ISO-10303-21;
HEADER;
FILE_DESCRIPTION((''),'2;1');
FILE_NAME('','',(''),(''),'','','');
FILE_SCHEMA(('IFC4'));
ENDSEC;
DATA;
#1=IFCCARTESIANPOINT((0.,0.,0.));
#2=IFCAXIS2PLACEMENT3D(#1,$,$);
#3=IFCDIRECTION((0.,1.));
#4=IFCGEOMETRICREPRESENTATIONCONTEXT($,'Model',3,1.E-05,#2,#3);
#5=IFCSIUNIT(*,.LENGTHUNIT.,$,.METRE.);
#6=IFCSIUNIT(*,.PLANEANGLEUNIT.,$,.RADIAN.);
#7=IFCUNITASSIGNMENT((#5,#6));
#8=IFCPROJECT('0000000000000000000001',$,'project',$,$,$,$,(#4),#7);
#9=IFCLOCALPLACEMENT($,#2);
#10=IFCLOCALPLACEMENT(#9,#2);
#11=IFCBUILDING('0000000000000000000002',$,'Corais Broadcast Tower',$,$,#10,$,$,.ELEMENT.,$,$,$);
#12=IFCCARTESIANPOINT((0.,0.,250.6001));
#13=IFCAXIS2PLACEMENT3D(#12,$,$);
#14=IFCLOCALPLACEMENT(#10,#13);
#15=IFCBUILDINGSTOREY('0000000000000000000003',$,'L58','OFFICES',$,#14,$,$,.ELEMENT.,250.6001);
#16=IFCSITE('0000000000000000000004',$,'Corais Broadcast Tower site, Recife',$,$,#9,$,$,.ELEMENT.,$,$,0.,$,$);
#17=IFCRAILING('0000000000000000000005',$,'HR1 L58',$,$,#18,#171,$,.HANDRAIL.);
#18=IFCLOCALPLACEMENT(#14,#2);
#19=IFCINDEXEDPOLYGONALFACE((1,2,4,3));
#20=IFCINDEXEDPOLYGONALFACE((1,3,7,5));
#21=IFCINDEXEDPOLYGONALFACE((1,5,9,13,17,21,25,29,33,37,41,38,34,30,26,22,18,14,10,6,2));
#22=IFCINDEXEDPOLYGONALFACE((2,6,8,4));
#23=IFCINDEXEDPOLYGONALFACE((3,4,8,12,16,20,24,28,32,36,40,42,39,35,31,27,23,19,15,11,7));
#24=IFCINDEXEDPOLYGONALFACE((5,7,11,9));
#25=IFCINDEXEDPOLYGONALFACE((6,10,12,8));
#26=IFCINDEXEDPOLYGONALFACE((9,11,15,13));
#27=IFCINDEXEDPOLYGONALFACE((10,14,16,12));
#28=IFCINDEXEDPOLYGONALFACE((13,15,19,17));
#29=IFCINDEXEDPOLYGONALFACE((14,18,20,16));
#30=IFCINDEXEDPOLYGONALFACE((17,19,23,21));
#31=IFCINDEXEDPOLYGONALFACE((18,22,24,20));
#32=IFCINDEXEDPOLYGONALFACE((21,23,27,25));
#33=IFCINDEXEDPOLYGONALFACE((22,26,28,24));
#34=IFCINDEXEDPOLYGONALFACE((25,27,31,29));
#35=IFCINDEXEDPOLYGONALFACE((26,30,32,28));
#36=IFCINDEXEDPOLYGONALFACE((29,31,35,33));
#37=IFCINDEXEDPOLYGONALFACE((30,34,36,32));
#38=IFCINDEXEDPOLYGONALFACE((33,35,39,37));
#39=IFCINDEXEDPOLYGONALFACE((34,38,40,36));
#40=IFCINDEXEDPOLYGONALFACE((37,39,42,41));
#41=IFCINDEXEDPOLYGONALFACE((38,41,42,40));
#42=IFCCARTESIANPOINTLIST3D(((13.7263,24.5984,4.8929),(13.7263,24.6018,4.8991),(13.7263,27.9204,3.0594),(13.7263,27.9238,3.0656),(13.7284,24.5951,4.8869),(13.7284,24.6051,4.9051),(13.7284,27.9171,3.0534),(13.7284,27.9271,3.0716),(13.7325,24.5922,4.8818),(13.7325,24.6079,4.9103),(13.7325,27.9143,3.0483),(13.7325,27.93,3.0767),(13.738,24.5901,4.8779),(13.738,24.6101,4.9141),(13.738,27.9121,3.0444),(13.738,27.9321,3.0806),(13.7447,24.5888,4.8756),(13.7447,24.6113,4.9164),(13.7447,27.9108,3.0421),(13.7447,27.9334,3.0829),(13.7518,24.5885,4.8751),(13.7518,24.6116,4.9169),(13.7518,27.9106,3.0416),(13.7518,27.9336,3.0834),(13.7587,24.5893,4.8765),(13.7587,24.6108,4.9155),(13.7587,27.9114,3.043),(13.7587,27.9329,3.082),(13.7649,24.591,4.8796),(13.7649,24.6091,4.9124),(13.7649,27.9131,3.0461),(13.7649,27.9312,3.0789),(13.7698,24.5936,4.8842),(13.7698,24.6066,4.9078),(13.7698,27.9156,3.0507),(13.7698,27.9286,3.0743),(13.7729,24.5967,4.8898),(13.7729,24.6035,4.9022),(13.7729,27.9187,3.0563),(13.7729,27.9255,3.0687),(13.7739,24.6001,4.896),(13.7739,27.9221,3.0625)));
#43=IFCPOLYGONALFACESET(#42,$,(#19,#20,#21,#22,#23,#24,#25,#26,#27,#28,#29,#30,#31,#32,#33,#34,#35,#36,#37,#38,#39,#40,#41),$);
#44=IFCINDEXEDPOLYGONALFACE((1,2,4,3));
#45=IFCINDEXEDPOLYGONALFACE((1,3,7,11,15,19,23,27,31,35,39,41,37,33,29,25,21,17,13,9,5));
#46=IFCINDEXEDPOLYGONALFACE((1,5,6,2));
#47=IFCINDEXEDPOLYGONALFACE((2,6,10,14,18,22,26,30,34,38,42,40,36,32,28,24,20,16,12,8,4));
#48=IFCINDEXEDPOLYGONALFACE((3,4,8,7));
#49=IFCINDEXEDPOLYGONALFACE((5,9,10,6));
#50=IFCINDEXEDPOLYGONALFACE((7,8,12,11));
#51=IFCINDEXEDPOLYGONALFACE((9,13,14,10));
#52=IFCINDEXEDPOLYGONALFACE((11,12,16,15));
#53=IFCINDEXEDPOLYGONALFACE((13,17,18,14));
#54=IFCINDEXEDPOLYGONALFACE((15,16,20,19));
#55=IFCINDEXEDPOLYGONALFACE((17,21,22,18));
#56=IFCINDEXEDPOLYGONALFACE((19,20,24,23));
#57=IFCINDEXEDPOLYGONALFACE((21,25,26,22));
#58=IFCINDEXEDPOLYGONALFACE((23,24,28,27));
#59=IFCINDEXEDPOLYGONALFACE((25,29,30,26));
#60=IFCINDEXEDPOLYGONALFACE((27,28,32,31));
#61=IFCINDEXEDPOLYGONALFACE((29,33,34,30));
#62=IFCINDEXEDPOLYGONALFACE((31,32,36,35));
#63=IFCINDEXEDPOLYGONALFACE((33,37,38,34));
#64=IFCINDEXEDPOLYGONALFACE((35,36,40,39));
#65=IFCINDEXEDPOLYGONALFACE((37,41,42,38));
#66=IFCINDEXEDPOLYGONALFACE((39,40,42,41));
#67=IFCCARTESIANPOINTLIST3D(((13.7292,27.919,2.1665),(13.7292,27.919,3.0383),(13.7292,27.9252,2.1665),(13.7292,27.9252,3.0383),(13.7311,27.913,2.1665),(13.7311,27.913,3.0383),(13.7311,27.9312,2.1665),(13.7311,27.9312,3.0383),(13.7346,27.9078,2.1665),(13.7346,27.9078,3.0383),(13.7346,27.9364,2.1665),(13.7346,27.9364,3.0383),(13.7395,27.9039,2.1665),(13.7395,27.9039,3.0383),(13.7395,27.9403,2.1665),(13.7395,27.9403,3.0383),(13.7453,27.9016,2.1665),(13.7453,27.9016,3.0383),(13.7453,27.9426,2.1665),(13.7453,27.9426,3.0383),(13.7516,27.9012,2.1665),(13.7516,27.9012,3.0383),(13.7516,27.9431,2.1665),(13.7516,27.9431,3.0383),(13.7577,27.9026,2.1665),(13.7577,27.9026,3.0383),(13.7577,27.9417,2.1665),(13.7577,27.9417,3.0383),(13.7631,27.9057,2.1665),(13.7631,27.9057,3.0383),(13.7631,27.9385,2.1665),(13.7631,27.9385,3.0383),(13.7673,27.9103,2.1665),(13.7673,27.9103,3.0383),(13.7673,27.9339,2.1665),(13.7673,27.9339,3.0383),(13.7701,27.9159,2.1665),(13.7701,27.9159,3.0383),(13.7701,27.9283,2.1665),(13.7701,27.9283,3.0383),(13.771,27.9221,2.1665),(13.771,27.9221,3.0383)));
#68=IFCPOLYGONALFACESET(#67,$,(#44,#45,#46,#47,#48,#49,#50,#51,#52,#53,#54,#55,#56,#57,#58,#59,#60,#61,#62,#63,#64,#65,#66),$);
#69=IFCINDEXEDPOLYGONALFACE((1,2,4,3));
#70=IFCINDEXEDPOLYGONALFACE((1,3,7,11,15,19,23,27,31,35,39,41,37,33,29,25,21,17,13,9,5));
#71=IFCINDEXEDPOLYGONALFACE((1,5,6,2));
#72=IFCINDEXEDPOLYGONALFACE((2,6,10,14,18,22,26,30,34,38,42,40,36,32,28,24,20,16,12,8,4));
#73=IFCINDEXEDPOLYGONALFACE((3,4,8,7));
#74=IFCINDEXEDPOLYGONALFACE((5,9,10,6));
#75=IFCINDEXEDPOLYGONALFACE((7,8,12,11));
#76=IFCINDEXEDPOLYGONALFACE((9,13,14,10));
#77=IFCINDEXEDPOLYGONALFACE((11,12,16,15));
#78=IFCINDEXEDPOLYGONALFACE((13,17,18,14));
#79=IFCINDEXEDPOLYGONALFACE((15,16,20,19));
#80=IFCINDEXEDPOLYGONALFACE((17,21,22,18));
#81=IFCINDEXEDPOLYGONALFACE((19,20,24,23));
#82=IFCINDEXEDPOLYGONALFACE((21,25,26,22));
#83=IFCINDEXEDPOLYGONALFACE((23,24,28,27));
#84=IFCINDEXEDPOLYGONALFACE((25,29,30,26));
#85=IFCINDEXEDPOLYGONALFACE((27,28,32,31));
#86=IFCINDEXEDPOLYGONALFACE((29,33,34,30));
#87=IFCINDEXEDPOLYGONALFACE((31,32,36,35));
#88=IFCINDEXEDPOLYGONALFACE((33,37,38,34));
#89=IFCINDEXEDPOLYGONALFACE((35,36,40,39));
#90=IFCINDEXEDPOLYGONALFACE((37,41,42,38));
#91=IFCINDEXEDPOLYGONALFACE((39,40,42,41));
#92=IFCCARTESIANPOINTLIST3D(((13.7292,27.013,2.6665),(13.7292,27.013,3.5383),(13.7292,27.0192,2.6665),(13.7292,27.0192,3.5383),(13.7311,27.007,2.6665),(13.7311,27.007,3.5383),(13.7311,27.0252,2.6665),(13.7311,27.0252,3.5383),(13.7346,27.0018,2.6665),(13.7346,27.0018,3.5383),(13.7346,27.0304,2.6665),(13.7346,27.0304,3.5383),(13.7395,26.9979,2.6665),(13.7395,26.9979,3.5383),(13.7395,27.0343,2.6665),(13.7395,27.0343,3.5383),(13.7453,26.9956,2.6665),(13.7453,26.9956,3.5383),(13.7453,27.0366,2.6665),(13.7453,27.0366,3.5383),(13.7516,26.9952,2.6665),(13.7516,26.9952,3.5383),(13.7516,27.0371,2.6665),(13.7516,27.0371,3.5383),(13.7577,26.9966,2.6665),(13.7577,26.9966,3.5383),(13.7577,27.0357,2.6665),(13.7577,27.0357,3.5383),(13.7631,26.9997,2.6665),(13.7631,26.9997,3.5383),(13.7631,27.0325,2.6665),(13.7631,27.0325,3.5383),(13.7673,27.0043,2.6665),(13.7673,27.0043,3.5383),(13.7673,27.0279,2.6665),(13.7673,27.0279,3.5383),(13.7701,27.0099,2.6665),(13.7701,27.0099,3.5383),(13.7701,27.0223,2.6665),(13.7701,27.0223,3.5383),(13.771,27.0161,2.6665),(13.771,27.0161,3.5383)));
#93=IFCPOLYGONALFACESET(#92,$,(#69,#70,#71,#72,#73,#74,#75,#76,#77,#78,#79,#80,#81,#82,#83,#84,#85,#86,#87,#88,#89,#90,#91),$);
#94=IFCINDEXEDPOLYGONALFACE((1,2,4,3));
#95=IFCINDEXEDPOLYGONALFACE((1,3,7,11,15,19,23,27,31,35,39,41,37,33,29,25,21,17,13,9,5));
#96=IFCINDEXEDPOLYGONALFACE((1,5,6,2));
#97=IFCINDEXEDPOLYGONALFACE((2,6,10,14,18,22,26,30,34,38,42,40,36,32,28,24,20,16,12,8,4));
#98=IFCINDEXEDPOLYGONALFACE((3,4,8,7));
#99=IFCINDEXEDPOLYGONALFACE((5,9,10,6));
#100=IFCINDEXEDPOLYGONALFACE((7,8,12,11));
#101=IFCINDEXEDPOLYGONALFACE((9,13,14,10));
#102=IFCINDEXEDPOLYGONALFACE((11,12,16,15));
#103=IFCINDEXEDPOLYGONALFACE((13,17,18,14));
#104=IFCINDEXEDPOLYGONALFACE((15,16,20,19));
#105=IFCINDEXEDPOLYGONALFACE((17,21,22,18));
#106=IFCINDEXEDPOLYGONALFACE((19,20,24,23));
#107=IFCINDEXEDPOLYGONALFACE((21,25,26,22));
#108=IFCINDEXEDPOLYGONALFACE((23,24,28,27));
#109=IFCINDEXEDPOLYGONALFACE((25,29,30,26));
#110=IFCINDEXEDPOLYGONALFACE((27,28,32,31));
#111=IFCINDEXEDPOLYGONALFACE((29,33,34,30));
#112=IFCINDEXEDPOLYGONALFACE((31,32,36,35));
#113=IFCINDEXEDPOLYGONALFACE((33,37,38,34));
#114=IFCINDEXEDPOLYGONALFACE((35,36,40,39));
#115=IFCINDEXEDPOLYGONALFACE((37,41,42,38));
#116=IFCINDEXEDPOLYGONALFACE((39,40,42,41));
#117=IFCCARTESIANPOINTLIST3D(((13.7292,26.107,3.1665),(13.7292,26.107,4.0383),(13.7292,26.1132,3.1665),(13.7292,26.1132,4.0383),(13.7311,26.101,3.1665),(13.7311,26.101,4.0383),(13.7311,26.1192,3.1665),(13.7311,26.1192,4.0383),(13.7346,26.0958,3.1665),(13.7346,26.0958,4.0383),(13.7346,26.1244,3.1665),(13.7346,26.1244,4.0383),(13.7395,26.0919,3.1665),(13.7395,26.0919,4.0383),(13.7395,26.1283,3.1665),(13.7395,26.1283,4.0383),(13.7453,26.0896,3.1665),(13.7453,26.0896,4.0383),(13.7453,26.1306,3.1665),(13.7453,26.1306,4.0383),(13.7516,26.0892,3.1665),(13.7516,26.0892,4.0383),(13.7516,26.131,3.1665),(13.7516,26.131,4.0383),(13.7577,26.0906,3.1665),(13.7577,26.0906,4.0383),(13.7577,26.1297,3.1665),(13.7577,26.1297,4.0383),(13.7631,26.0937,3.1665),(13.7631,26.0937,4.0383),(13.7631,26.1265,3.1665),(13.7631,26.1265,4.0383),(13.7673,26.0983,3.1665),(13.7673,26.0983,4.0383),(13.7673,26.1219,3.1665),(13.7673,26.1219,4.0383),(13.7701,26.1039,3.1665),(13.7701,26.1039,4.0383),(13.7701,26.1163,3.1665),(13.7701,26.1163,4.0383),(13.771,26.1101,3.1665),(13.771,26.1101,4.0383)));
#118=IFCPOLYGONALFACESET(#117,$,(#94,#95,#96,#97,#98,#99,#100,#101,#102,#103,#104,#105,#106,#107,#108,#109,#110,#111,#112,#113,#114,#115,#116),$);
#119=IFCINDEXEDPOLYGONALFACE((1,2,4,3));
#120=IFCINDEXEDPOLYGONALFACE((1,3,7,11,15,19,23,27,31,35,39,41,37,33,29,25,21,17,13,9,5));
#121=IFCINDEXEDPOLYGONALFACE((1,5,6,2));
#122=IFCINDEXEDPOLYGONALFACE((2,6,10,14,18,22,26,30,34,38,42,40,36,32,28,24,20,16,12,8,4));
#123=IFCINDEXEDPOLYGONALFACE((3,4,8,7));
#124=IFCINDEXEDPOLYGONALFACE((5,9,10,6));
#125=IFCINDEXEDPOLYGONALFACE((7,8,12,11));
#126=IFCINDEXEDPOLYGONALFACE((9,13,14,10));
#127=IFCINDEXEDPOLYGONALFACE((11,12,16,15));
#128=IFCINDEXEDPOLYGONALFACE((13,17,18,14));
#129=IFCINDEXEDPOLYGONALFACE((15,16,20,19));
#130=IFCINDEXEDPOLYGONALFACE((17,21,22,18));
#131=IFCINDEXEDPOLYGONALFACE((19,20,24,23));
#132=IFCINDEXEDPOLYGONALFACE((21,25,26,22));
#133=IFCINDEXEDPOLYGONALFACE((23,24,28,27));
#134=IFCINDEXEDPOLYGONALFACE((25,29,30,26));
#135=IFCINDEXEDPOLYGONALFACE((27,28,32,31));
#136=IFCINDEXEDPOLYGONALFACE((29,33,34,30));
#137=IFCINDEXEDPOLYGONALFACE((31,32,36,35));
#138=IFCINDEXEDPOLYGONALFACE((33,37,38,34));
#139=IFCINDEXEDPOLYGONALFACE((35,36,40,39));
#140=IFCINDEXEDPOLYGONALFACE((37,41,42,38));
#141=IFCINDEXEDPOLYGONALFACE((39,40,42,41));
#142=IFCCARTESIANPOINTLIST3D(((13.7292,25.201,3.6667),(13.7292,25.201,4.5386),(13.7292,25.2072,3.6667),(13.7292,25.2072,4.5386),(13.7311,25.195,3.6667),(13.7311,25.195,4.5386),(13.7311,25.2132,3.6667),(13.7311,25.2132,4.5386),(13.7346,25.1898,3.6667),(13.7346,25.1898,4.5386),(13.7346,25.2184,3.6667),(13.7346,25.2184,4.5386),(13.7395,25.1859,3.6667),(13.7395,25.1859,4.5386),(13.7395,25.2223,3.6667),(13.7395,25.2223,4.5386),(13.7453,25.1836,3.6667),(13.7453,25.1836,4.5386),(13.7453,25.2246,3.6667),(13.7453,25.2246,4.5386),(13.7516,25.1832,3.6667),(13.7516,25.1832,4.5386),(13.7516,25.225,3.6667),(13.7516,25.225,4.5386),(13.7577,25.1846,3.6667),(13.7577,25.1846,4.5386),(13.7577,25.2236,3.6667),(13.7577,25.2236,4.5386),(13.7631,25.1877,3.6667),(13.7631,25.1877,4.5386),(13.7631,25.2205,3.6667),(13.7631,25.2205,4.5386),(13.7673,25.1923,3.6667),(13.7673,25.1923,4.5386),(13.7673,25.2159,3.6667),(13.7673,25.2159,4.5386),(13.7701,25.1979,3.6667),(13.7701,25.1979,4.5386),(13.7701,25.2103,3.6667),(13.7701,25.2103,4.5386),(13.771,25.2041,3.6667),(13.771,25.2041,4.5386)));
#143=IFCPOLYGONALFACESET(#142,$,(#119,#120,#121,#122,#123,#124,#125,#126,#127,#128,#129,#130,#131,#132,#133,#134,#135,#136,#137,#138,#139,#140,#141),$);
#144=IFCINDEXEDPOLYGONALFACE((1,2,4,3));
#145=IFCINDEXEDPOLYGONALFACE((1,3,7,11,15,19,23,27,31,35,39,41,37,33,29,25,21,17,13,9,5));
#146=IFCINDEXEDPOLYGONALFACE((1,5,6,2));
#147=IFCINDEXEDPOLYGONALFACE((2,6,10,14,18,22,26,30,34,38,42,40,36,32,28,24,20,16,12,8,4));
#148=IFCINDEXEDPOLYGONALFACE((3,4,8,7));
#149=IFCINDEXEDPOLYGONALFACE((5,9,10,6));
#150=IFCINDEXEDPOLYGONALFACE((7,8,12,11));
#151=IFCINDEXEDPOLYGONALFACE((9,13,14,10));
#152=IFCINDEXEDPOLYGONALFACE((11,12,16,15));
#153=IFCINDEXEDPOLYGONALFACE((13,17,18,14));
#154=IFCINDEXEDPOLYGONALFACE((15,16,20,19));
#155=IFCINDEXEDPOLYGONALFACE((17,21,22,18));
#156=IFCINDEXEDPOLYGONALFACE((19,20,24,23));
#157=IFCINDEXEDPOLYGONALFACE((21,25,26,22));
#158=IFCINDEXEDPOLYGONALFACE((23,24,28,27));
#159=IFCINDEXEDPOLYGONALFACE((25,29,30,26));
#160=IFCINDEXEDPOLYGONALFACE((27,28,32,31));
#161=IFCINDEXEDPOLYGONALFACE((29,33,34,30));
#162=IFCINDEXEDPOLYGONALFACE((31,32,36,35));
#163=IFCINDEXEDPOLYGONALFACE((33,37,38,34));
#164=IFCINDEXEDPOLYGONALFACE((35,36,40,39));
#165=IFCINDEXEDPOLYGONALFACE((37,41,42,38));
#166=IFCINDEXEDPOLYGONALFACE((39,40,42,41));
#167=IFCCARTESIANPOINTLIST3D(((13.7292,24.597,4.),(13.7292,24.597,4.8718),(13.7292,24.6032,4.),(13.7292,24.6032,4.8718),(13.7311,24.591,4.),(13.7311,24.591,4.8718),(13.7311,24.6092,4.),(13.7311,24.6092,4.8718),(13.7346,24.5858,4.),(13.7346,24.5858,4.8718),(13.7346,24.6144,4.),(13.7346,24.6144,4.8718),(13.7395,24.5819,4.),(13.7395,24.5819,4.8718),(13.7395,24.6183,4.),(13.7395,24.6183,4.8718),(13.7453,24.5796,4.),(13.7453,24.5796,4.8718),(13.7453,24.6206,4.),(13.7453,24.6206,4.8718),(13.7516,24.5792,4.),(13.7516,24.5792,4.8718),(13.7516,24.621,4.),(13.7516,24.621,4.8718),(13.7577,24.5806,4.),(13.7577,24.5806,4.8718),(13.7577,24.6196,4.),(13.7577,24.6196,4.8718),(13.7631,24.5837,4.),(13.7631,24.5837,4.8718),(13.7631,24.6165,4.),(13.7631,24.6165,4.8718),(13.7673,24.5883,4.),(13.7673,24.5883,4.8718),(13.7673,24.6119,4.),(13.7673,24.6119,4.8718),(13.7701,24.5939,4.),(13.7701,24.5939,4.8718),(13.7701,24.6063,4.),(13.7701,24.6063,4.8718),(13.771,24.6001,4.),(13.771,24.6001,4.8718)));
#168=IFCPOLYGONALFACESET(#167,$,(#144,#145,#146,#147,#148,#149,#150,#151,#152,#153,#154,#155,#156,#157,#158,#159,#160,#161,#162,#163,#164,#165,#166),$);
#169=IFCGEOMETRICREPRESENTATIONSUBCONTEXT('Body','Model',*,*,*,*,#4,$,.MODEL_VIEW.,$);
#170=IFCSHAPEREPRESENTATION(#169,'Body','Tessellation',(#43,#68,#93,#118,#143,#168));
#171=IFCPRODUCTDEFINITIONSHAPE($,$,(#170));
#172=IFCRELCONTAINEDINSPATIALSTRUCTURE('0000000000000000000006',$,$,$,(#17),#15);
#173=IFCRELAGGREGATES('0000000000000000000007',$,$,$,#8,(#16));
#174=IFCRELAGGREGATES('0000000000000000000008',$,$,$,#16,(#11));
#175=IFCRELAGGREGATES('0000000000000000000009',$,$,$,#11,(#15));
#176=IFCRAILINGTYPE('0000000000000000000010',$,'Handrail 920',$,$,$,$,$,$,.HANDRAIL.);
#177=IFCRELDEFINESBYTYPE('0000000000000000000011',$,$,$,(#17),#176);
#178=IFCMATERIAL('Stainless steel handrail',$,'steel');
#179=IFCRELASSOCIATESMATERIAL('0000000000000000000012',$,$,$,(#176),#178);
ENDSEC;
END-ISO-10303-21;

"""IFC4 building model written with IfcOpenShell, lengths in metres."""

from ifc_helpers import new_model, si_unit, direction, frame, origin, origin_2d, place, context, subcontext, project, spatial, circle, extrude, material, type_object, element, save


model = new_model("IFC4")

# Units and contexts
model_context = context("Model", 3, precision=1e-05, world=origin(), true_north=direction((0.0, 1.0)))
body_context = subcontext(model_context, "Body", "Model", "MODEL_VIEW")
ifc_project = project(units=[si_unit("LENGTHUNIT", "METRE"), si_unit("PLANEANGLEUNIT", "RADIAN")], contexts=[model_context])

# Site, building, storey
site_placement = place(None, origin())
site = spatial("IfcSite", under=ifc_project, at=site_placement, Name="Corais Broadcast Tower site, Recife", CompositionType="ELEMENT", RefElevation=0.0)
building_placement = place(site_placement, origin())
building = spatial("IfcBuilding", under=site, at=building_placement, Name="Corais Broadcast Tower", CompositionType="ELEMENT")
storey_placement = place(building_placement, frame((0.0, 0.0, 250.6001)))
storey = spatial("IfcBuildingStorey", under=building, at=storey_placement, Name="L58", Description="OFFICES", CompositionType="ELEMENT", Elevation=250.6001)

# Railing
ifc_material_1 = material(Name="Stainless steel handrail", Category="steel")
railing_type = type_object("IfcRailingType", Name="Handrail 920", PredefinedType="HANDRAIL", material=ifc_material_1)
for number, where, name in (
    (1, (13.75, 27.9221, 2.1665), "HR1 L58"),
):
    element("IfcRailing", number, at=place(storey_placement, frame(where)), inside=storey, type_object=railing_type, Name=name, PredefinedType="HANDRAIL", context=body_context, shape_type="SweptSolid", body=[
        extrude(circle(Radius=0.0239, at=origin_2d()), frame((0.0, 0.0, 0.896), z_axis=(0.0, -0.875504, 0.48321), x_axis=(1.0, 0.0, 0.0)), (0.0, 0.0, 1.0), 3.7944),
        extrude(circle(Radius=0.021, at=origin_2d()), origin(), (0.0, 0.0, 1.0), 0.8718),
        extrude(circle(Radius=0.021, at=origin_2d()), frame((0.0, -0.906, 0.5)), (0.0, 0.0, 1.0), 0.8718),
        extrude(circle(Radius=0.021, at=origin_2d()), frame((0.0, -1.812, 1.0)), (0.0, 0.0, 1.0), 0.8718),
        extrude(circle(Radius=0.021, at=origin_2d()), frame((0.0, -2.718, 1.5002)), (0.0, 0.0, 1.0), 0.8718),
        extrude(circle(Radius=0.021, at=origin_2d()), frame((0.0, -3.322, 1.8335)), (0.0, 0.0, 1.0), 0.8718),
    ])

save(model, "model.ifc")
